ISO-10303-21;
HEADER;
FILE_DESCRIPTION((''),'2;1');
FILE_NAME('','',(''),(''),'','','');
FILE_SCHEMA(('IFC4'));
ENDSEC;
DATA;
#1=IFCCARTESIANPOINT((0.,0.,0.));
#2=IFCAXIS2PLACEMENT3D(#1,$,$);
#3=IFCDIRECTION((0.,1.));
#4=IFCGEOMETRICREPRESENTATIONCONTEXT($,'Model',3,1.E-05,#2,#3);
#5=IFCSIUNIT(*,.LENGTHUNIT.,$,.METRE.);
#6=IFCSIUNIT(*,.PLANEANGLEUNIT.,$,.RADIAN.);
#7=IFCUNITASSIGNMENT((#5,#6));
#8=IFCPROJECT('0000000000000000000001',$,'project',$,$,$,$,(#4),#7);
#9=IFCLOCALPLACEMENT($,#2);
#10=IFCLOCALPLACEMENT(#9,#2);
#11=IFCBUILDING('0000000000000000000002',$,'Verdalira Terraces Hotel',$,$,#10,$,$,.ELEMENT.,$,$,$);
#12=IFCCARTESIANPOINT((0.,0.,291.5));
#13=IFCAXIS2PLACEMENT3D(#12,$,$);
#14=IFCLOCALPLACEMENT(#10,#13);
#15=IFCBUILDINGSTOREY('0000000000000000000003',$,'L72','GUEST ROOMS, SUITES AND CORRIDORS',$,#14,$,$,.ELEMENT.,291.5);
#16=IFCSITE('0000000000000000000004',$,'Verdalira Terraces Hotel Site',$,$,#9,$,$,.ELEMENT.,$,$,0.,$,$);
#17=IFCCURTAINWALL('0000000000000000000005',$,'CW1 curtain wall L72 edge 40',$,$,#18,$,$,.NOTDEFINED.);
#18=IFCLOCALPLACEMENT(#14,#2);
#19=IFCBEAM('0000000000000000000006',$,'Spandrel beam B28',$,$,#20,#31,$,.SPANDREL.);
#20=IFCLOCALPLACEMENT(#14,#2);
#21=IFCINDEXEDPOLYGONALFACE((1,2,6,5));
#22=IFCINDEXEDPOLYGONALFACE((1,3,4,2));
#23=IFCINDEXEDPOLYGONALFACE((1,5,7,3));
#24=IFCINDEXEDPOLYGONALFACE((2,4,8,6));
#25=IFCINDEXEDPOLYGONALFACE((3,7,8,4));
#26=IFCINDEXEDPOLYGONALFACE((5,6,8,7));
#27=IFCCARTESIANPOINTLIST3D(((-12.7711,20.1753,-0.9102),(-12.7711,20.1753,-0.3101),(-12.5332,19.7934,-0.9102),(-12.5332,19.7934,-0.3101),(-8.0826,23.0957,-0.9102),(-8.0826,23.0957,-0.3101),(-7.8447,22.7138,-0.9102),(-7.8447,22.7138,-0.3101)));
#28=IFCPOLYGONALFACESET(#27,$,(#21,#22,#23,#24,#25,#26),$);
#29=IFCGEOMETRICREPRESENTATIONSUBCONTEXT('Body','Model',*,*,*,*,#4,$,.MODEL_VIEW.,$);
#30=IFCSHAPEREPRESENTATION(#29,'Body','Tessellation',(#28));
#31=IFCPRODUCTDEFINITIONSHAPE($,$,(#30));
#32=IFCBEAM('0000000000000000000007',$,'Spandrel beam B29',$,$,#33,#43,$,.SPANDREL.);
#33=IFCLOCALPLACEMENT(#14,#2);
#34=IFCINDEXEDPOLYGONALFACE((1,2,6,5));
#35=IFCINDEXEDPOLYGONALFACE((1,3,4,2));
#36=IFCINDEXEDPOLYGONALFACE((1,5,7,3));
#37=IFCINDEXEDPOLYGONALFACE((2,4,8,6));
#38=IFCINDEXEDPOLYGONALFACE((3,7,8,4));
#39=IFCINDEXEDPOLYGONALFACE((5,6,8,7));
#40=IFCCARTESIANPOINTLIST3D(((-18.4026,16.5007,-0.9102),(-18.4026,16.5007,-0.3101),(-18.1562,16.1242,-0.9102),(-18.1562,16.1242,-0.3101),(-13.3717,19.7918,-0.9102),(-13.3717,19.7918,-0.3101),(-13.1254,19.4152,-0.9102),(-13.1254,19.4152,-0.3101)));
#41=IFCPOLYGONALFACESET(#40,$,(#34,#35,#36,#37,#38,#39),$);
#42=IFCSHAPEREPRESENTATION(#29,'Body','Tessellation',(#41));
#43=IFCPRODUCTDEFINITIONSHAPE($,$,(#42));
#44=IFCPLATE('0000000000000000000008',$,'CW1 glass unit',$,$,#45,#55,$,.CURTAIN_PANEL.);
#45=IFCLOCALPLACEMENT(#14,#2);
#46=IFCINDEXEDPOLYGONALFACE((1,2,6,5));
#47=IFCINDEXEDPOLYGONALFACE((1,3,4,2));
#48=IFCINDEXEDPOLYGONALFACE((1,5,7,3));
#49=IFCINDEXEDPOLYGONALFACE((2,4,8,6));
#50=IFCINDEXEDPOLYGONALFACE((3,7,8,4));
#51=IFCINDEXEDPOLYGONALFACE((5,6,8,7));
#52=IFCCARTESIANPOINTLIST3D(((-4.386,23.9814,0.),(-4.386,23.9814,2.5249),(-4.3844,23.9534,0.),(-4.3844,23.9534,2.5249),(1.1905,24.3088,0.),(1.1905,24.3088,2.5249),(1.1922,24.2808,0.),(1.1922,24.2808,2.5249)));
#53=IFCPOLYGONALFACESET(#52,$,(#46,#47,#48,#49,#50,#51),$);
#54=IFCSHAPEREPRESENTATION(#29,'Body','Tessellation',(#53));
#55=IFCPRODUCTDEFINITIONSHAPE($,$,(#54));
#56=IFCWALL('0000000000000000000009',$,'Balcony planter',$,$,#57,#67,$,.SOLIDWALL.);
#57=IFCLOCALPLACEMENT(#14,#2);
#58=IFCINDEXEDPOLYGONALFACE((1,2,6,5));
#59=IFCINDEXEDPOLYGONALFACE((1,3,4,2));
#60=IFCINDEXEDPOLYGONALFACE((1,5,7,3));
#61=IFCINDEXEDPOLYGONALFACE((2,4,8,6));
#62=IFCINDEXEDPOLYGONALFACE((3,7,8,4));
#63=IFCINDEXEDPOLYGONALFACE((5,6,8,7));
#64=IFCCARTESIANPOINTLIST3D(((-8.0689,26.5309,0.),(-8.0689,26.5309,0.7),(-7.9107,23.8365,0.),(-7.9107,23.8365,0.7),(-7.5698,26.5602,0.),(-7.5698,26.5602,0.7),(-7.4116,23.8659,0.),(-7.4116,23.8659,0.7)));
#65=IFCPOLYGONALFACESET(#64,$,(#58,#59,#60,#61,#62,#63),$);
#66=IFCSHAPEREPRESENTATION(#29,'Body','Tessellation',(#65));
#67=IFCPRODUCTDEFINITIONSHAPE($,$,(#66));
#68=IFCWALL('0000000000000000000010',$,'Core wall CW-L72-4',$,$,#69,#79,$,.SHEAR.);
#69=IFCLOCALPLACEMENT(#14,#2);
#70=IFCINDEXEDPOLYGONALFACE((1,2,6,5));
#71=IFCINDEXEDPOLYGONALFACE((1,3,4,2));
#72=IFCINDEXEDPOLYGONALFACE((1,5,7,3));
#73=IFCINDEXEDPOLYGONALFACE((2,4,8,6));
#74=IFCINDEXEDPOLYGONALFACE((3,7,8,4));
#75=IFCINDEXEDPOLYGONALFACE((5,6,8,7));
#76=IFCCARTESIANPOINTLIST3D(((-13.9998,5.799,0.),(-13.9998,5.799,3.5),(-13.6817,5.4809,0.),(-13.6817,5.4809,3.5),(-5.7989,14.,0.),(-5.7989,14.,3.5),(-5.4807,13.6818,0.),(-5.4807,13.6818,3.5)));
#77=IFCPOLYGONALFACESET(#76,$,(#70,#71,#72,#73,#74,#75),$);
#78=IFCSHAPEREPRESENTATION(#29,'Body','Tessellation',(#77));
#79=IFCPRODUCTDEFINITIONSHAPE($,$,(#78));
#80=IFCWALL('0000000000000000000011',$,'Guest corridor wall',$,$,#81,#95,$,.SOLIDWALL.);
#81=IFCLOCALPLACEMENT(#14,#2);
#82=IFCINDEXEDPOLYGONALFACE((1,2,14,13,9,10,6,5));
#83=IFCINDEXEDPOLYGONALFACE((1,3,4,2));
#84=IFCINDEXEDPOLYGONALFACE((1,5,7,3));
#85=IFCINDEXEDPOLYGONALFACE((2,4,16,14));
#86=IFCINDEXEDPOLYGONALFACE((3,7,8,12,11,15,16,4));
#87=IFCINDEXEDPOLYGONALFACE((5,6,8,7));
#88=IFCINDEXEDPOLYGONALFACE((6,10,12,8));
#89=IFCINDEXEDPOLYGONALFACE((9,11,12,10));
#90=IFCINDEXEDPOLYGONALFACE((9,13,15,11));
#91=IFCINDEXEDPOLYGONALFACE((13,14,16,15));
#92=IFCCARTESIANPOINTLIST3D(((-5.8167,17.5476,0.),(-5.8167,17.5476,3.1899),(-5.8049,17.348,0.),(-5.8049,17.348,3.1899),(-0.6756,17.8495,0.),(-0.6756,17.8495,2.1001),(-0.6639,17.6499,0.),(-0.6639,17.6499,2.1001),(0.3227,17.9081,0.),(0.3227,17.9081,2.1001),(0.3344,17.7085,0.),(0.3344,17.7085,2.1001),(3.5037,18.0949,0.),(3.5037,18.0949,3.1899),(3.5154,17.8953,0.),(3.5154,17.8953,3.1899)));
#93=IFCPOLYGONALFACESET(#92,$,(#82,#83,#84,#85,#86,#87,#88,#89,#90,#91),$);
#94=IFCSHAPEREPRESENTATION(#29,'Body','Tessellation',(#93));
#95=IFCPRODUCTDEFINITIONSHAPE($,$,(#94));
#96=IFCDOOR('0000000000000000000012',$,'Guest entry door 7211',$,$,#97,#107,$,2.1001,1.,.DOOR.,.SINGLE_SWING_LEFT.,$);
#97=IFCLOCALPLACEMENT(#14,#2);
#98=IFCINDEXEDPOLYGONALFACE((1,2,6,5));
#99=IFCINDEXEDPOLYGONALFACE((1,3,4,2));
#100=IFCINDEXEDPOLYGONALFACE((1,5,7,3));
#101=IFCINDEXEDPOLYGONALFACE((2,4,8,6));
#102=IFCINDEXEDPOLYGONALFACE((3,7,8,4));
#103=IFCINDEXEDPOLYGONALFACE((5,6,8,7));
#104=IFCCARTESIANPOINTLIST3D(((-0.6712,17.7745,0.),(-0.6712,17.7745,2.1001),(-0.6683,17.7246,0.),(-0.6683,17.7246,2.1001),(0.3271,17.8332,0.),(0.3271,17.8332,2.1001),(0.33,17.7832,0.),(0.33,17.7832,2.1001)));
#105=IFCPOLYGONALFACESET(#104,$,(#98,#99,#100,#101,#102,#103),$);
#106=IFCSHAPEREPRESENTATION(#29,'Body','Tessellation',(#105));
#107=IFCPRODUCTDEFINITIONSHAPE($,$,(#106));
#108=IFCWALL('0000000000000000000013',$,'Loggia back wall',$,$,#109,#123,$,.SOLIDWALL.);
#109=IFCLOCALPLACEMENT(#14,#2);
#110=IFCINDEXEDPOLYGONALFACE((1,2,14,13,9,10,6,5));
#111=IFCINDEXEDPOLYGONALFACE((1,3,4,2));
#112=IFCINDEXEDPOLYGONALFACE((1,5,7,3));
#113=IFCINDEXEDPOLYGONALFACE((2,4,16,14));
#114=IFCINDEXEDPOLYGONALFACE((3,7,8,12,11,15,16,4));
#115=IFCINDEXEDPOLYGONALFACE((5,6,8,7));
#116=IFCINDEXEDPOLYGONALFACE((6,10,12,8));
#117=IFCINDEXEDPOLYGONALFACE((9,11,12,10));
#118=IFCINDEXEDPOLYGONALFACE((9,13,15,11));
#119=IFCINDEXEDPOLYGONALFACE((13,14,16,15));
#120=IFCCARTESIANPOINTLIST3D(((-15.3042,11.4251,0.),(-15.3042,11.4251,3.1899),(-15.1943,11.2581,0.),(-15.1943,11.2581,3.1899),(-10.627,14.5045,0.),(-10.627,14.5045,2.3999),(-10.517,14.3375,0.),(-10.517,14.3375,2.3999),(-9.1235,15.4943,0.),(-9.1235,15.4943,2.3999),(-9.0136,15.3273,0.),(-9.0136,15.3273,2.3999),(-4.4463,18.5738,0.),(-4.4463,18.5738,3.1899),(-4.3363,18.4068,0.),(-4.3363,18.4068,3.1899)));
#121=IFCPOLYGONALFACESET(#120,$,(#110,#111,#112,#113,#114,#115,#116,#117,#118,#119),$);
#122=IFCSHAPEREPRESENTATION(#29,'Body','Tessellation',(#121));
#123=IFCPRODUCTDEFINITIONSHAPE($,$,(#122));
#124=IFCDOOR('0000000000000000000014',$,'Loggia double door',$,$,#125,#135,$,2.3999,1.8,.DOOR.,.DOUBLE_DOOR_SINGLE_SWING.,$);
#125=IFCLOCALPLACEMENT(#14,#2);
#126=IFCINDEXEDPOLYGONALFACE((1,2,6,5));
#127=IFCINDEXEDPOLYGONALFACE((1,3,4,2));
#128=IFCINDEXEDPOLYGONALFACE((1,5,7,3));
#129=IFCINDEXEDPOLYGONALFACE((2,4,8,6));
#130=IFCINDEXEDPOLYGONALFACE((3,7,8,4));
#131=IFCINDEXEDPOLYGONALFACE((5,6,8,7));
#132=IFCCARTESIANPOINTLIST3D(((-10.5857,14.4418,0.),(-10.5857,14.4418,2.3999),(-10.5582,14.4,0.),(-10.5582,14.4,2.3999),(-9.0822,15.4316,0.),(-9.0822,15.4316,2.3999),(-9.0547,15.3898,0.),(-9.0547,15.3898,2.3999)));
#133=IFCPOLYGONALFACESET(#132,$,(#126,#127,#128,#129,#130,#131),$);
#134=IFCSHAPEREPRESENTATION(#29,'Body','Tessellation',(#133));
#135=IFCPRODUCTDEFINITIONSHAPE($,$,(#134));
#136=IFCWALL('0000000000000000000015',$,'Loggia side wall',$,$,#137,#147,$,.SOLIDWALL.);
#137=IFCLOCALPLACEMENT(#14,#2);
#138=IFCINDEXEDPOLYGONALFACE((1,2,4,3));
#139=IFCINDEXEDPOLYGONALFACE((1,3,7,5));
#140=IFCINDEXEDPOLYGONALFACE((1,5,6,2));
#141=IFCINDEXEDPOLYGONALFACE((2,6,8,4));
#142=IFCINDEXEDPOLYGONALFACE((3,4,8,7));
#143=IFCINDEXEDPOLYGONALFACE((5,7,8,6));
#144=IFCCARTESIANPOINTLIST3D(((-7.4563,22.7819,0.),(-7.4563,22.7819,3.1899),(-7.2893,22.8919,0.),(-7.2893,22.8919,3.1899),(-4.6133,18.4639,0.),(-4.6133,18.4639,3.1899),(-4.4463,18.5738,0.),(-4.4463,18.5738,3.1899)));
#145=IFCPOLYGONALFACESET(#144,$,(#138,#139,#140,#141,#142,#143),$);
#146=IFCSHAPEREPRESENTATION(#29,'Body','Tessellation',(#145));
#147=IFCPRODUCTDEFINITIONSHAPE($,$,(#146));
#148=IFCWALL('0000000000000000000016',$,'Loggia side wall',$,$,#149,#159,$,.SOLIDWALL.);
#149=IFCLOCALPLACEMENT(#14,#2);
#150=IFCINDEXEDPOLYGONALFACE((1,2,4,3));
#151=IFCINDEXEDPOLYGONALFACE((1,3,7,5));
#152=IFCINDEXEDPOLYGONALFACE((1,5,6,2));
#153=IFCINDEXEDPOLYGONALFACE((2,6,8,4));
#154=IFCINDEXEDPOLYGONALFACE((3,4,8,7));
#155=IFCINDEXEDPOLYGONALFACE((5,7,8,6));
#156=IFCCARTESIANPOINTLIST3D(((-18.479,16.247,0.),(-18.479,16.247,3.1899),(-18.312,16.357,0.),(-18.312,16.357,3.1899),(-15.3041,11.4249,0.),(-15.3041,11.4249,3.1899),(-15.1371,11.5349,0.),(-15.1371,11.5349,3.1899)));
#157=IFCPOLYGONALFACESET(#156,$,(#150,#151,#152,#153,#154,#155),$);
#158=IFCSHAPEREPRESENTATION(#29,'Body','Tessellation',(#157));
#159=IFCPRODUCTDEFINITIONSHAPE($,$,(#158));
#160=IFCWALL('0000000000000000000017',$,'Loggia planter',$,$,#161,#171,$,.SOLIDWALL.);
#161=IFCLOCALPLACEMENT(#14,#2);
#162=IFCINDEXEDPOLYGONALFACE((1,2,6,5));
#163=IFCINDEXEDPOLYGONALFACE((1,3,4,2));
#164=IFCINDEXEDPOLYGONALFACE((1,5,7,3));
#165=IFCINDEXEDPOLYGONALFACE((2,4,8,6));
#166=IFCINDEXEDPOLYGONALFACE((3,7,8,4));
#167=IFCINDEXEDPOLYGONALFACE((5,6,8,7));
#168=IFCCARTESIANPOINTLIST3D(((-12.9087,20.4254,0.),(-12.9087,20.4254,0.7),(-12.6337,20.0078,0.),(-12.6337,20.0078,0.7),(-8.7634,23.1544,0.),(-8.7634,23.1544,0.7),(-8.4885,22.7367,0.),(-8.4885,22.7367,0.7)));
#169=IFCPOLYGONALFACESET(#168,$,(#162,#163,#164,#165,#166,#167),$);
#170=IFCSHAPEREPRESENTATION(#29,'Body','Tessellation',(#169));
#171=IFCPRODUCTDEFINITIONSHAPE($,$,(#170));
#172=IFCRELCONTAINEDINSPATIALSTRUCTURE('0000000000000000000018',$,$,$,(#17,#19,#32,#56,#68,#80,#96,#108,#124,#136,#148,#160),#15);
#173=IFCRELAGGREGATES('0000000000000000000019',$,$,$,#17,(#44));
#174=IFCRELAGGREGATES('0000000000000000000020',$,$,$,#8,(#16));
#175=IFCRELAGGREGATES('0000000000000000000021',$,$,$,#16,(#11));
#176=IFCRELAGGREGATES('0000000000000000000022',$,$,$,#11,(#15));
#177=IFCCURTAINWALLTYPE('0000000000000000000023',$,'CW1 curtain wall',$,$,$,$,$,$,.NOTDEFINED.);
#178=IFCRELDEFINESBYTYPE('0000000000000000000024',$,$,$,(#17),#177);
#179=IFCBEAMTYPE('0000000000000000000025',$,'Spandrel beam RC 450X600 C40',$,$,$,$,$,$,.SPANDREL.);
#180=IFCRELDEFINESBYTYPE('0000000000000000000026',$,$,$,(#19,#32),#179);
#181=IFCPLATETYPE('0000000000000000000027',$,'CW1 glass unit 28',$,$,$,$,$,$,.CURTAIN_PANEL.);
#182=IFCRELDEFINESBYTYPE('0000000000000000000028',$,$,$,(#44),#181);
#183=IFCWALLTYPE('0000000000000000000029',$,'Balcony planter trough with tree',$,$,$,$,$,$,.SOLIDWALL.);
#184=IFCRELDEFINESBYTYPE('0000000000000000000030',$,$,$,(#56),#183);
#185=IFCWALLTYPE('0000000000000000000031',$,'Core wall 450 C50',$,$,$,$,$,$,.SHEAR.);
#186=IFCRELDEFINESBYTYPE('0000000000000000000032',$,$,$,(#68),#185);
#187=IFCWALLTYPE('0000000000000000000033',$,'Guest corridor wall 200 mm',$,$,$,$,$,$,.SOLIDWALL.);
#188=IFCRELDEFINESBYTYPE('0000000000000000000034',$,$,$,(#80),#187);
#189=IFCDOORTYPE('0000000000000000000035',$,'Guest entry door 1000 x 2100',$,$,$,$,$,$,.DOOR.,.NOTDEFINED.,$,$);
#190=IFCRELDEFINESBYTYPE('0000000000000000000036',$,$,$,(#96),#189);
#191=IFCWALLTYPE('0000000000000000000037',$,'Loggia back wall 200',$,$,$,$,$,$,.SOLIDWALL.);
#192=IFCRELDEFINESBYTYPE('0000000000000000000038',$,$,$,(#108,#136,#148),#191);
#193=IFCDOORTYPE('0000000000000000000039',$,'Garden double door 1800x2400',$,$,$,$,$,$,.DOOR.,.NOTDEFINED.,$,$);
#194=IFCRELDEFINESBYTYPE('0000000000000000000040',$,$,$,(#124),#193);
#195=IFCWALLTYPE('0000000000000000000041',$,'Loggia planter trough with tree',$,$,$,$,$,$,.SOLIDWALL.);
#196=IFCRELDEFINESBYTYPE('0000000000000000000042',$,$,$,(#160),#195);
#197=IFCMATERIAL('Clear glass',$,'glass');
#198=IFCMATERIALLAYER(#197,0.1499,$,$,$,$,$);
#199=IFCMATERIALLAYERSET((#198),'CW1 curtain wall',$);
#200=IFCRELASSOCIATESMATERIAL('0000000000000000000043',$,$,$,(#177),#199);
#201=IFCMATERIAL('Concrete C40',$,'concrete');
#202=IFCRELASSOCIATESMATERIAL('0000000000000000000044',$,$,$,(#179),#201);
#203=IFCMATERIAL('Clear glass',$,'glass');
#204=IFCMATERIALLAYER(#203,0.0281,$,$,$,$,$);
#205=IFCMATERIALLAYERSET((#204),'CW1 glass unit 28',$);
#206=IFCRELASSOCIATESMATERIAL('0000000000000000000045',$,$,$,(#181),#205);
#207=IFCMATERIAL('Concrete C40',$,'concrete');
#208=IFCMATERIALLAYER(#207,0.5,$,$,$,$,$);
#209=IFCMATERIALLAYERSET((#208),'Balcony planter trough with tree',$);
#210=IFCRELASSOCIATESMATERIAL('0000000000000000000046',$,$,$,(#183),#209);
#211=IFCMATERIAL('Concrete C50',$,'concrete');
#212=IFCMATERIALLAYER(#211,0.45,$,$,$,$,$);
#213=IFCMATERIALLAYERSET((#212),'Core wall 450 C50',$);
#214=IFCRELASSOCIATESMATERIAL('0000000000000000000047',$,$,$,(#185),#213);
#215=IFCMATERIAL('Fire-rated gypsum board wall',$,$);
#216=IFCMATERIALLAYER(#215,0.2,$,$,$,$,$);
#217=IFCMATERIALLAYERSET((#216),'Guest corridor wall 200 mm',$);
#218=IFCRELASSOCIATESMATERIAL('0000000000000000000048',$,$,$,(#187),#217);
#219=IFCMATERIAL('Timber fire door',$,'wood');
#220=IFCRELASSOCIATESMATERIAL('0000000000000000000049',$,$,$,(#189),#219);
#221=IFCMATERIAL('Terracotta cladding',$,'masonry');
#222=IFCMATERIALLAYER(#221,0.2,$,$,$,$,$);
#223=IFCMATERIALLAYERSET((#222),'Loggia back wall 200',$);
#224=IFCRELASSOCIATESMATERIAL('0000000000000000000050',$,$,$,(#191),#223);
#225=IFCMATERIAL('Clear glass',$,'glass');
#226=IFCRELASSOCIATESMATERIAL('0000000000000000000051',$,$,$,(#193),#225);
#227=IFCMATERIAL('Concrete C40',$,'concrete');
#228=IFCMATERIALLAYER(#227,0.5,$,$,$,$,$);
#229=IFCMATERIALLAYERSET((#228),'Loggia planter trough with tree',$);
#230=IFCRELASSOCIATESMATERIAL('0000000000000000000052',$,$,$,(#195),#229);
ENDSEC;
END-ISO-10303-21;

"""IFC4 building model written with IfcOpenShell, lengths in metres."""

from ifc_helpers import new_model, si_unit, direction, frame, frame_2d, origin, origin_2d, place, context, subcontext, project, spatial, rectangle, extrude, material, layer, layer_set, material_profile, profile_set, type_object, element, fill, aggregate, save


model = new_model("IFC4")

# Units and contexts
model_context = context("Model", 3, precision=1e-05, world=origin(), true_north=direction((0.0, 1.0)))
body_context = subcontext(model_context, "Body", "Model", "MODEL_VIEW")
ifc_project = project(units=[si_unit("LENGTHUNIT", "METRE"), si_unit("PLANEANGLEUNIT", "RADIAN")], contexts=[model_context])

# Site, building, storey
site_placement = place(None, origin())
site = spatial("IfcSite", under=ifc_project, at=site_placement, Name="Verdalira Terraces Hotel Site", CompositionType="ELEMENT", RefElevation=0.0)
building_placement = place(site_placement, origin())
building = spatial("IfcBuilding", under=site, at=building_placement, Name="Verdalira Terraces Hotel", CompositionType="ELEMENT")
storey_placement = place(building_placement, frame((0.0, 0.0, 291.5)))
storey = spatial("IfcBuildingStorey", under=building, at=storey_placement, Name="L72", Description="GUEST ROOMS, SUITES AND CORRIDORS", CompositionType="ELEMENT", Elevation=291.5)

# Curtain wall
ifc_material_1 = material(Name="Clear glass", Category="glass")
ifc_layer_1 = layer(ifc_material_1, 0.1499)
ifc_layer_set_1 = layer_set([ifc_layer_1], Name="CW1 curtain wall")
curtain_wall_type_1 = type_object("IfcCurtainWallType", Name="CW1 curtain wall", PredefinedType="NOTDEFINED", material=ifc_layer_set_1)
curtain_wall_1_placement = place(storey_placement, origin())
curtain_wall_1 = element("IfcCurtainWall", 1, at=curtain_wall_1_placement, inside=storey, type_object=curtain_wall_type_1, Name="CW1 curtain wall L72 edge 40", PredefinedType="NOTDEFINED")

# Beams
ifc_material_2 = material(Name="Concrete C40", Category="concrete")
ifc_material_profile_1 = material_profile(ifc_material_2, rectangle(XDim=0.45, YDim=0.6001, at=origin_2d()), Name="RC 450X600")
ifc_profile_set_1 = profile_set([ifc_material_profile_1], Name="Concrete C40")
beam_type_1 = type_object("IfcBeamType", Name="Spandrel beam RC 450X600 C40", PredefinedType="SPANDREL", material=ifc_profile_set_1)
beam_1_placement = place(storey_placement, frame((-7.9636, 22.9048, -0.6101), z_axis=(-0.848802, -0.528711, 0.0), x_axis=(0.528711, -0.848802, 0.0)))
element("IfcBeam", 2, at=beam_1_placement, inside=storey, type_object=beam_type_1, Name="Spandrel beam B28", PredefinedType="SPANDREL", context=body_context, shape_type="SweptSolid", body=[
    extrude(rectangle(XDim=0.45, YDim=0.6001, at=origin_2d()), origin(), (0.0, 0.0, 1.0), 5.5237),
])
beam_2_placement = place(storey_placement, frame((-13.2485, 19.6035, -0.6101), z_axis=(-0.836842, -0.547444, 0.0), x_axis=(0.547444, -0.836842, 0.0)))
element("IfcBeam", 3, at=beam_2_placement, inside=storey, type_object=beam_type_1, Name="Spandrel beam B29", PredefinedType="SPANDREL", context=body_context, shape_type="SweptSolid", body=[
    extrude(rectangle(XDim=0.45, YDim=0.6001, at=origin_2d()), origin(), (0.0, 0.0, 1.0), 6.0117),
])

# Plate
ifc_material_3 = material(Name="Clear glass", Category="glass")
ifc_layer_2 = layer(ifc_material_3, 0.0281)
ifc_layer_set_2 = layer_set([ifc_layer_2], Name="CW1 glass unit 28")
plate_type = type_object("IfcPlateType", Name="CW1 glass unit 28", PredefinedType="CURTAIN_PANEL", material=ifc_layer_set_2)
plate_placement = place(storey_placement, frame((-1.5969, 24.1311, 0.0), z_axis=(0.0, 0.0, 1.0), x_axis=(-0.998281, -0.058609, 0.0)))
plate = element("IfcPlate", 4, at=plate_placement, type_object=plate_type, Name="CW1 glass unit", PredefinedType="CURTAIN_PANEL", context=body_context, shape_type="SweptSolid", body=[
    extrude(rectangle(XDim=5.5862, YDim=0.0281, at=origin_2d()), origin(), (0.0, 0.0, 1.0), 2.5249),
])
aggregate(curtain_wall_1, [plate])

# Walls
ifc_material_4 = material(Name="Concrete C40", Category="concrete")
ifc_layer_3 = layer(ifc_material_4, 0.5)
ifc_layer_set_3 = layer_set([ifc_layer_3], Name="Balcony planter trough with tree")
wall_type_1 = type_object("IfcWallType", Name="Balcony planter trough with tree", PredefinedType="SOLIDWALL", material=ifc_layer_set_3)
wall_1_placement = place(storey_placement, frame((-7.8193, 26.5457, 0.0), z_axis=(0.0, 0.0, 1.0), x_axis=(0.058616, -0.998281, 0.0)))
element("IfcWall", 5, at=wall_1_placement, inside=storey, type_object=wall_type_1, Name="Balcony planter", PredefinedType="SOLIDWALL", context=body_context, shape_type="SweptSolid", body=[
    extrude(rectangle(XDim=2.699, YDim=0.5, at=frame_2d((1.3496, 0.0))), origin(), (0.0, 0.0, 1.0), 0.7),
])
ifc_material_5 = material(Name="Concrete C50", Category="concrete")
ifc_layer_4 = layer(ifc_material_5, 0.45)
ifc_layer_set_4 = layer_set([ifc_layer_4], Name="Core wall 450 C50")
wall_type_2 = type_object("IfcWallType", Name="Core wall 450 C50", PredefinedType="SHEAR", material=ifc_layer_set_4)
wall_2_placement = place(storey_placement, frame((-5.6399, 13.8408, 0.0), z_axis=(0.0, 0.0, 1.0), x_axis=(-0.707107, -0.707107, 0.0)))
element("IfcWall", 6, at=wall_2_placement, inside=storey, type_object=wall_type_2, Name="Core wall CW-L72-4", PredefinedType="SHEAR", context=body_context, shape_type="SweptSolid", body=[
    extrude(rectangle(XDim=11.5979, YDim=0.45, at=frame_2d((5.7988, 0.0))), origin(), (0.0, 0.0, 1.0), 3.5),
])

# Walls, openings, doors
ifc_material_6 = material(Name="Fire-rated gypsum board wall")
ifc_layer_5 = layer(ifc_material_6, 0.2)
ifc_layer_set_5 = layer_set([ifc_layer_5], Name="Guest corridor wall 200 mm")
wall_type_3 = type_object("IfcWallType", Name="Guest corridor wall 200 mm", PredefinedType="SOLIDWALL", material=ifc_layer_set_5)
wall_3_placement = place(storey_placement, frame((-5.8108, 17.4478, 0.0), z_axis=(0.0, 0.0, 1.0), x_axis=(0.99828, 0.058627, 0.0)))
wall_3 = element("IfcWall", 7, at=wall_3_placement, inside=storey, type_object=wall_type_3, Name="Guest corridor wall", PredefinedType="SOLIDWALL", context=body_context, shape_type="SweptSolid", body=[
    extrude(rectangle(XDim=9.3364, YDim=0.2, at=frame_2d((4.6682, 0.0))), origin(), (0.0, 0.0, 1.0), 3.1899),
])
opening_1_placement = place(wall_3_placement, frame((5.1499, 0.0, 0.0)))
opening_1 = element("IfcOpeningElement", 8, at=opening_1_placement, cuts=wall_3, PredefinedType="OPENING", context=body_context, shape_type="SweptSolid", body=[
    extrude(rectangle(XDim=1.0, YDim=2.1001, at=frame_2d((0.5, 1.05))), frame((0.0, 0.1099, 0.0), z_axis=(0.0, -1.0, 0.0), x_axis=(1.0, 0.0, 0.0)), (0.0, 0.0, 1.0), 0.22),
])
ifc_material_7 = material(Name="Timber fire door", Category="wood")
door_type_1 = type_object("IfcDoorType", Name="Guest entry door 1000 x 2100", OperationType="NOTDEFINED", PredefinedType="DOOR", material=ifc_material_7)
door_1_placement = place(opening_1_placement, origin())
door_1 = element("IfcDoor", 9, at=door_1_placement, inside=storey, type_object=door_type_1, Name="Guest entry door 7211", OperationType="SINGLE_SWING_LEFT", OverallHeight=2.1001, OverallWidth=1.0, PredefinedType="DOOR", context=body_context, shape_type="SweptSolid", body=[
    extrude(rectangle(XDim=1.0, YDim=2.1001, at=frame_2d((0.5, 1.05))), frame((0.0, 0.0249, 0.0), z_axis=(0.0, -1.0, 0.0), x_axis=(1.0, 0.0, 0.0)), (0.0, 0.0, 1.0), 0.05),
])
fill(opening_1, door_1)
ifc_material_8 = material(Name="Terracotta cladding", Category="masonry")
ifc_layer_6 = layer(ifc_material_8, 0.2)
ifc_layer_set_6 = layer_set([ifc_layer_6], Name="Loggia back wall 200")
wall_type_4 = type_object("IfcWallType", Name="Loggia back wall 200", PredefinedType="SOLIDWALL", material=ifc_layer_set_6)
wall_4_placement = place(storey_placement, frame((-15.2493, 11.3416, 0.0), z_axis=(0.0, 0.0, 1.0), x_axis=(0.835229, 0.549902, 0.0)))
wall_4 = element("IfcWall", 10, at=wall_4_placement, inside=storey, type_object=wall_type_4, Name="Loggia back wall", PredefinedType="SOLIDWALL", context=body_context, shape_type="SweptSolid", body=[
    extrude(rectangle(XDim=13.0, YDim=0.2, at=frame_2d((6.5, 0.0))), origin(), (0.0, 0.0, 1.0), 3.1899),
])
opening_2_placement = place(wall_4_placement, frame((5.6001, 0.0, 0.0)))
opening_2 = element("IfcOpeningElement", 11, at=opening_2_placement, cuts=wall_4, PredefinedType="OPENING", context=body_context, shape_type="SweptSolid", body=[
    extrude(rectangle(XDim=1.8, YDim=2.3999, at=frame_2d((0.8999, 1.2))), frame((0.0, 0.1099, 0.0), z_axis=(0.0, -1.0, 0.0), x_axis=(1.0, 0.0, 0.0)), (0.0, 0.0, 1.0), 0.22),
])
ifc_material_9 = material(Name="Clear glass", Category="glass")
door_type_2 = type_object("IfcDoorType", Name="Garden double door 1800x2400", OperationType="NOTDEFINED", PredefinedType="DOOR", material=ifc_material_9)
door_2_placement = place(opening_2_placement, origin())
door_2 = element("IfcDoor", 12, at=door_2_placement, inside=storey, type_object=door_type_2, Name="Loggia double door", OperationType="DOUBLE_DOOR_SINGLE_SWING", OverallHeight=2.3999, OverallWidth=1.8, PredefinedType="DOOR", context=body_context, shape_type="SweptSolid", body=[
    extrude(rectangle(XDim=1.8, YDim=2.3999, at=frame_2d((0.8999, 1.2))), frame((0.0, 0.0249, 0.0), z_axis=(0.0, -1.0, 0.0), x_axis=(1.0, 0.0, 0.0)), (0.0, 0.0, 1.0), 0.05),
])
fill(opening_2, door_2)

# Walls
wall_5_placement = place(storey_placement, frame((-7.3728, 22.8369, 0.0), z_axis=(0.0, 0.0, 1.0), x_axis=(0.549907, -0.835226, 0.0)))
element("IfcWall", 13, at=wall_5_placement, inside=storey, type_object=wall_type_4, Name="Loggia side wall", PredefinedType="SOLIDWALL", context=body_context, shape_type="SweptSolid", body=[
    extrude(rectangle(XDim=5.1699, YDim=0.2, at=frame_2d((2.585, 0.0))), origin(), (0.0, 0.0, 1.0), 3.1899),
])
wall_6_placement = place(storey_placement, frame((-18.3955, 16.302, 0.0), z_axis=(0.0, 0.0, 1.0), x_axis=(0.549909, -0.835224, 0.0)))
element("IfcWall", 14, at=wall_6_placement, inside=storey, type_object=wall_type_4, Name="Loggia side wall", PredefinedType="SOLIDWALL", context=body_context, shape_type="SweptSolid", body=[
    extrude(rectangle(XDim=5.7734, YDim=0.2, at=frame_2d((2.8867, 0.0))), origin(), (0.0, 0.0, 1.0), 3.1899),
])
ifc_material_10 = material(Name="Concrete C40", Category="concrete")
ifc_layer_7 = layer(ifc_material_10, 0.5)
ifc_layer_set_7 = layer_set([ifc_layer_7], Name="Loggia planter trough with tree")
wall_type_5 = type_object("IfcWallType", Name="Loggia planter trough with tree", PredefinedType="SOLIDWALL", material=ifc_layer_set_7)
wall_7_placement = place(storey_placement, frame((-8.626, 22.9456, 0.0), z_axis=(0.0, 0.0, 1.0), x_axis=(-0.835245, -0.549878, 0.0)))
element("IfcWall", 15, at=wall_7_placement, inside=storey, type_object=wall_type_5, Name="Loggia planter", PredefinedType="SOLIDWALL", context=body_context, shape_type="SweptSolid", body=[
    extrude(rectangle(XDim=4.9629, YDim=0.5, at=frame_2d((2.4814, 0.0))), origin(), (0.0, 0.0, 1.0), 0.7),
])

save(model, "model.ifc")
